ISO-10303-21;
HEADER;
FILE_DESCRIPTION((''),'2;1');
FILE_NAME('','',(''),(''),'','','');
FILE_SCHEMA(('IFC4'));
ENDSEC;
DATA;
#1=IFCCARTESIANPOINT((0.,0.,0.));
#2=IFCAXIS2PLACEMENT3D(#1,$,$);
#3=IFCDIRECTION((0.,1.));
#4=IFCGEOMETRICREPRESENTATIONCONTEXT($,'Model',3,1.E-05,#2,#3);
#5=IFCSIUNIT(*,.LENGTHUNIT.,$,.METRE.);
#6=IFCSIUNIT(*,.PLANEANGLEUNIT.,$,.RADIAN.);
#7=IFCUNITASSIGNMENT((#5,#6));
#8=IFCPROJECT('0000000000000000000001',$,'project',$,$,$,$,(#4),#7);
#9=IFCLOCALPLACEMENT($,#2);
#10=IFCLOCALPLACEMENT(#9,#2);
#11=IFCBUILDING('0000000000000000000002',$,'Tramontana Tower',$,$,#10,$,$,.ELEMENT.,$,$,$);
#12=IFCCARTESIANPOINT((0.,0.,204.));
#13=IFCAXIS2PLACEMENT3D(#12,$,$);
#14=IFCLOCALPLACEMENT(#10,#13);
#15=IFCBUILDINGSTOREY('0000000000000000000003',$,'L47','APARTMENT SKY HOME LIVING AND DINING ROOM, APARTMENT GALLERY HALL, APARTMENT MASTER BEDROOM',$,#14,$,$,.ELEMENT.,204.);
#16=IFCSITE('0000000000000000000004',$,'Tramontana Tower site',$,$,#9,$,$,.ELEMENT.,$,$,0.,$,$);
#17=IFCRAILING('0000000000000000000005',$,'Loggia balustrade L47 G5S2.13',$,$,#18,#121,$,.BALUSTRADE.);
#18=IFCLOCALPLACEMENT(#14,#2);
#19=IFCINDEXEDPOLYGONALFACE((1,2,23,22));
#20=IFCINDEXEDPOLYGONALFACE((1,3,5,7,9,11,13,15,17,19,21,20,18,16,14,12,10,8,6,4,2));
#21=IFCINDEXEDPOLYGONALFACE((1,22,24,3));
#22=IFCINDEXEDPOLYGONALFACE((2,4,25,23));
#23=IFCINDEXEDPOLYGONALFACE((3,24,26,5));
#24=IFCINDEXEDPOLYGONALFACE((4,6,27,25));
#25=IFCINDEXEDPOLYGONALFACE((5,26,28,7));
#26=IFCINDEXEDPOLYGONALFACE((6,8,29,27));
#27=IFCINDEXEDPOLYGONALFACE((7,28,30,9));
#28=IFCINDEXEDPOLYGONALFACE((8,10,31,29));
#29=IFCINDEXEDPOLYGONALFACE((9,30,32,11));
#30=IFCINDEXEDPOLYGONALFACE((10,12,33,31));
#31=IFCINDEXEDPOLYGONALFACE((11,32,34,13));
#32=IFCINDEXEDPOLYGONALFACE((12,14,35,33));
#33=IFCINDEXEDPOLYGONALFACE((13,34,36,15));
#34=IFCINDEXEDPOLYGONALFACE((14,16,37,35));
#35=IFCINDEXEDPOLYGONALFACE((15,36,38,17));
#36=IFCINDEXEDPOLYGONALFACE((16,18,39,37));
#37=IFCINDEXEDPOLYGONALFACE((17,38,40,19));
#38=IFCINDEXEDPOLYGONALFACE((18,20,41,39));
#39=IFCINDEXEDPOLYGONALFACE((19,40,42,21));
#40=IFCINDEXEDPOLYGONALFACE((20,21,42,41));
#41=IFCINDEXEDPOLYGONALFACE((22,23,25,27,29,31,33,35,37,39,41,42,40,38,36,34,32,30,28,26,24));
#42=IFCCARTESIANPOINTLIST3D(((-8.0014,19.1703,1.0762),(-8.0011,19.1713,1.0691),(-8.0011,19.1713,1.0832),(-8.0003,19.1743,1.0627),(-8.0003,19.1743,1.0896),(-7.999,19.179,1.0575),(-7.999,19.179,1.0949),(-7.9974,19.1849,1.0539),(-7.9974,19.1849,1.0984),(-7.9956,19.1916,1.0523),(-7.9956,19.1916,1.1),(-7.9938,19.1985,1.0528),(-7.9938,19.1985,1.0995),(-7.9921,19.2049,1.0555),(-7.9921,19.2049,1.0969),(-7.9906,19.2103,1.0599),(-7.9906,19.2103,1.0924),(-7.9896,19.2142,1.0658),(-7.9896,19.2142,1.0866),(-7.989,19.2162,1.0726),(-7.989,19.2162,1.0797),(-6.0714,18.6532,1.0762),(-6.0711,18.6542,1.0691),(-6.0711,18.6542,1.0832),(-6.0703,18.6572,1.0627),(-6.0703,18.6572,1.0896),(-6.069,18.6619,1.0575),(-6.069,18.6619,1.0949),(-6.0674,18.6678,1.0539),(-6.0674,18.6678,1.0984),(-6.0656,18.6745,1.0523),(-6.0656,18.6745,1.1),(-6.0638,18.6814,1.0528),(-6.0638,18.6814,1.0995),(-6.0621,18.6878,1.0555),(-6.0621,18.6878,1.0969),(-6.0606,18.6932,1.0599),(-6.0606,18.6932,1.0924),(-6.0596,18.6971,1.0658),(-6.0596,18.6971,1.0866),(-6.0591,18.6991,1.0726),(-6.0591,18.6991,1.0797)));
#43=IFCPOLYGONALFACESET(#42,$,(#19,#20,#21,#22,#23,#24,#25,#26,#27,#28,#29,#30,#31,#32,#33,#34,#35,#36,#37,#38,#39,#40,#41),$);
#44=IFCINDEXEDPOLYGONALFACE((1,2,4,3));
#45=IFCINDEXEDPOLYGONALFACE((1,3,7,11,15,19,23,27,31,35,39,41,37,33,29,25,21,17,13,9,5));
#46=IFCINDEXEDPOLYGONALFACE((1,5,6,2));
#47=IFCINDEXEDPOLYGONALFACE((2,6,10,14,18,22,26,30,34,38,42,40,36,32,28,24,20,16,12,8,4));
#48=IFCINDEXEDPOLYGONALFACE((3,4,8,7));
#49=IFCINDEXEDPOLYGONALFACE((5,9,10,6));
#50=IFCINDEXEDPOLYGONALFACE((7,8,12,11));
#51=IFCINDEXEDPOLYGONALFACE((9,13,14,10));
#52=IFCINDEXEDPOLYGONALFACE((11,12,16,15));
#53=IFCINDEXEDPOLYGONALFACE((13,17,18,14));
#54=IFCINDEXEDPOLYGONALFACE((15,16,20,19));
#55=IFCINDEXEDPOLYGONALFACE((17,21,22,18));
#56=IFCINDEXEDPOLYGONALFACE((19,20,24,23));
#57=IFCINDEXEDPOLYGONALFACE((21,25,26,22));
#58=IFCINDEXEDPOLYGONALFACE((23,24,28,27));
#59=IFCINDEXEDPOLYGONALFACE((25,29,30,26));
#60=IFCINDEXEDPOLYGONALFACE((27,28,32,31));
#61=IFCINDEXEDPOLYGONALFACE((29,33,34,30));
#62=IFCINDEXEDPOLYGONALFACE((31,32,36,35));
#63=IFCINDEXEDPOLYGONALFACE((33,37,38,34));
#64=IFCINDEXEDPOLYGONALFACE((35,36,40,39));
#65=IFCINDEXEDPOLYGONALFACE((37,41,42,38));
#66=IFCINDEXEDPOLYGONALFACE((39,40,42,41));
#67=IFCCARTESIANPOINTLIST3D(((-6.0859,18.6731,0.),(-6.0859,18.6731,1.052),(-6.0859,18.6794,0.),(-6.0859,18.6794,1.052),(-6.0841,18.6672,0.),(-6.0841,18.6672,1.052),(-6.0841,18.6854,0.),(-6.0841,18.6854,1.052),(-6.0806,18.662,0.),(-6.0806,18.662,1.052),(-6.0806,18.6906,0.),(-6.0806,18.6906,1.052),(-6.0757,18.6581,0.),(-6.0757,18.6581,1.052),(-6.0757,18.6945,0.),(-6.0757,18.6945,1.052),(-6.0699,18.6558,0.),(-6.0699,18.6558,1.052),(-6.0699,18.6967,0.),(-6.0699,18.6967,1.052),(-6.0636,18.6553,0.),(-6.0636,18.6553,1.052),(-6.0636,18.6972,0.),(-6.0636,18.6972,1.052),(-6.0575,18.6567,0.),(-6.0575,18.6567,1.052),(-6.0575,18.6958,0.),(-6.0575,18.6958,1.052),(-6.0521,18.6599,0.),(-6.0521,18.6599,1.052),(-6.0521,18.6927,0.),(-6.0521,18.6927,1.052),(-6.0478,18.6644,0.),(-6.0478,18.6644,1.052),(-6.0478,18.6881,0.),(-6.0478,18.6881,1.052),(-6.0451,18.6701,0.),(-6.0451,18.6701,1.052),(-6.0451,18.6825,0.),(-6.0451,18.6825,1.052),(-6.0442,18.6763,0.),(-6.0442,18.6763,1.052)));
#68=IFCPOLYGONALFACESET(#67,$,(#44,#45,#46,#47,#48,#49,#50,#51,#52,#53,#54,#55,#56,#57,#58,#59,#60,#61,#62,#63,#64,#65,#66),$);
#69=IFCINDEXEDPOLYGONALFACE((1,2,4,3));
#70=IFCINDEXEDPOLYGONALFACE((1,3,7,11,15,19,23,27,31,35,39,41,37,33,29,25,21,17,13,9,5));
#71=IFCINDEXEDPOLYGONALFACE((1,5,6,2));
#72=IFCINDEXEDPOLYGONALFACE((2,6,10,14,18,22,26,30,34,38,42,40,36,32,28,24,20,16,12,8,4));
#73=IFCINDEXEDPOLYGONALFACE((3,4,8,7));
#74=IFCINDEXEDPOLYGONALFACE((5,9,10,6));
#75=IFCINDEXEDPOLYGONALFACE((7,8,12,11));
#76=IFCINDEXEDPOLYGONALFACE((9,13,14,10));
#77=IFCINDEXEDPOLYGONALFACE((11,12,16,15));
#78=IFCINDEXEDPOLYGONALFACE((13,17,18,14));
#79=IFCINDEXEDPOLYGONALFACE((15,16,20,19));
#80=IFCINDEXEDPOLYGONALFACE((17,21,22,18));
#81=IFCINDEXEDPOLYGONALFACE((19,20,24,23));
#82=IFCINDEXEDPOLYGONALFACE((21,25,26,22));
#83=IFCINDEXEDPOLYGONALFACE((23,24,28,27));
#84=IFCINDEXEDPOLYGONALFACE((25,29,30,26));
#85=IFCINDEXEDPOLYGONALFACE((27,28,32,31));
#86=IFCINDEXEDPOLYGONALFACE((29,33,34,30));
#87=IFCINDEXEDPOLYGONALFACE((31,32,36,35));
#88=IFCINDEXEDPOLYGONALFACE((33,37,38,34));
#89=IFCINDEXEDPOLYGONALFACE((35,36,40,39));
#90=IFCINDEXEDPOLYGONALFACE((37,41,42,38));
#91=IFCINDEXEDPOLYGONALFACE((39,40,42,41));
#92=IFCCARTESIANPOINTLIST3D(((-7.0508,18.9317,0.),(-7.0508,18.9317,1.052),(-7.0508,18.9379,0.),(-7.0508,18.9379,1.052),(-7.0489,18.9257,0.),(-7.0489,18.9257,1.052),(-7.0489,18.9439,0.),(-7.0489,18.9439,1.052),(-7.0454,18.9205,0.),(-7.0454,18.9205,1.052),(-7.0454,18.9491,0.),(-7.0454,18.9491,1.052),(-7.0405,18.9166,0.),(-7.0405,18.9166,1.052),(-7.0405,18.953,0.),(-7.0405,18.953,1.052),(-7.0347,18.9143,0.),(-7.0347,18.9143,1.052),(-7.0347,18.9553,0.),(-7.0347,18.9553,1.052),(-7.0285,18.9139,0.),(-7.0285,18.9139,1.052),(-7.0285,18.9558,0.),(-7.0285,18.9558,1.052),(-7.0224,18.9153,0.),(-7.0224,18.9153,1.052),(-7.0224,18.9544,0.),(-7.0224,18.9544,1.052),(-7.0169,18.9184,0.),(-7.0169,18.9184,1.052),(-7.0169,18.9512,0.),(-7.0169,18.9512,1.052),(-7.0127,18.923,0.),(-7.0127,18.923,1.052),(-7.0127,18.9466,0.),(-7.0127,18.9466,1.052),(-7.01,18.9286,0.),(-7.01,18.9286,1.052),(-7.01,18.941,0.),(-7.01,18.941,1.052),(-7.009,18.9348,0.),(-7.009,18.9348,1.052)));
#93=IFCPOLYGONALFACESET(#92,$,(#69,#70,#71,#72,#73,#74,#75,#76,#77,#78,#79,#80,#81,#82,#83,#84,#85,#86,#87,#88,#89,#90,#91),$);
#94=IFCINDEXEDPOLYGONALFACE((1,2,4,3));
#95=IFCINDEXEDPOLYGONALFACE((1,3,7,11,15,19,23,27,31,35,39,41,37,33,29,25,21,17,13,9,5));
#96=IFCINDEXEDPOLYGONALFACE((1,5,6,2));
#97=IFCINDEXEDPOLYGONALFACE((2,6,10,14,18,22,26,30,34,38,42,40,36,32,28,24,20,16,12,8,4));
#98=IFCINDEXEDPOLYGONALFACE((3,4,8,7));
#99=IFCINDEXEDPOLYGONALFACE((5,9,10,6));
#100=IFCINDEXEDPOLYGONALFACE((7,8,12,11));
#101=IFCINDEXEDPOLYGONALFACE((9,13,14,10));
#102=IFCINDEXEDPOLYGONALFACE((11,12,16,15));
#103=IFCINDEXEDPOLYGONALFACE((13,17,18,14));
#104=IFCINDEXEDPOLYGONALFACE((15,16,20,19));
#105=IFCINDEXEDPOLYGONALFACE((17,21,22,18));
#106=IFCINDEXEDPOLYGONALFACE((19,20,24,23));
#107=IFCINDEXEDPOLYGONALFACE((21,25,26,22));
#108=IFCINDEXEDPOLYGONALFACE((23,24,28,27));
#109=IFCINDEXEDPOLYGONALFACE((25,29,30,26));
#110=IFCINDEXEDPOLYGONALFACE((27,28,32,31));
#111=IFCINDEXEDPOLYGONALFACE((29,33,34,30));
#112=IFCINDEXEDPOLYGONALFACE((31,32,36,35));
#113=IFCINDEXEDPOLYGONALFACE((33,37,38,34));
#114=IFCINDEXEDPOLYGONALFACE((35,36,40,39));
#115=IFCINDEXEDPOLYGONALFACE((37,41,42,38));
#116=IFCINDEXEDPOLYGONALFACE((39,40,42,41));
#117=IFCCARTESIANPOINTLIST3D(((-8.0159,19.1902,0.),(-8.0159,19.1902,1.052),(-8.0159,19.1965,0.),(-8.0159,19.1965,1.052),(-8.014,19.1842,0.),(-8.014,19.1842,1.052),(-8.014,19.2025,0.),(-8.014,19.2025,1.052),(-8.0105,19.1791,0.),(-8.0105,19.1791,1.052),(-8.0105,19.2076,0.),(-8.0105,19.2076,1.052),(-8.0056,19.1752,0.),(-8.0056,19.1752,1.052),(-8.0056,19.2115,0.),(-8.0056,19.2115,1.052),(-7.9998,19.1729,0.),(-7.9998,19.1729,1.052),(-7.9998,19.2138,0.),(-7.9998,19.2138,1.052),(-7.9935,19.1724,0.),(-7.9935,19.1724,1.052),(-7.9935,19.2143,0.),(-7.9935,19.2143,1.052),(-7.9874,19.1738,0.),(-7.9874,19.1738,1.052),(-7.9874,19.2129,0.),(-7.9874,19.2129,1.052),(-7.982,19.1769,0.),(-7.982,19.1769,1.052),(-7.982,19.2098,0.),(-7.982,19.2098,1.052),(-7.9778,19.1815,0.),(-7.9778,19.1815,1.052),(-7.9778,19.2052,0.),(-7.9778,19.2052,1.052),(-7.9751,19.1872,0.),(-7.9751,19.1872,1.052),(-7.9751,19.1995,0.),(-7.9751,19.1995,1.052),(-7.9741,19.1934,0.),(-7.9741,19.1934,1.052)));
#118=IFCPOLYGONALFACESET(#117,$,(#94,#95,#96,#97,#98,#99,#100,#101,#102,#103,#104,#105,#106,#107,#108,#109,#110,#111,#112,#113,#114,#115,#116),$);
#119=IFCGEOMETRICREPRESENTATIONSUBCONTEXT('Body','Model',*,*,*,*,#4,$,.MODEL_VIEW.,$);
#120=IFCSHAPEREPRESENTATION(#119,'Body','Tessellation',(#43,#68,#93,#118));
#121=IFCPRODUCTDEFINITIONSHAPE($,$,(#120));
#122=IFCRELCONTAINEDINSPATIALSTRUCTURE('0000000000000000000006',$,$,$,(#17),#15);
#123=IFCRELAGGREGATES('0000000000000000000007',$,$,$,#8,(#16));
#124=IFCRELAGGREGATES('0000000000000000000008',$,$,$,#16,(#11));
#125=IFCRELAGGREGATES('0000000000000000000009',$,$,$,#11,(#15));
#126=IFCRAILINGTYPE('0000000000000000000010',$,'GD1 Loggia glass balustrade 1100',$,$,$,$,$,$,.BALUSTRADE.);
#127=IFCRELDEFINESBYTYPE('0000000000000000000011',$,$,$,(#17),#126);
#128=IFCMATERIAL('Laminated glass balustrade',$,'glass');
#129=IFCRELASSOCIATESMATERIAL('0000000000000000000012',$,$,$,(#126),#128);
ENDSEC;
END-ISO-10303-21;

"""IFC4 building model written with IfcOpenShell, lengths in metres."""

from ifc_helpers import new_model, si_unit, direction, frame, origin, origin_2d, place, context, subcontext, project, spatial, circle, extrude, material, type_object, element, save


model = new_model("IFC4")

# Units and contexts
model_context = context("Model", 3, precision=1e-05, world=origin(), true_north=direction((0.0, 1.0)))
body_context = subcontext(model_context, "Body", "Model", "MODEL_VIEW")
ifc_project = project(units=[si_unit("LENGTHUNIT", "METRE"), si_unit("PLANEANGLEUNIT", "RADIAN")], contexts=[model_context])

# Site, building, storey
site_placement = place(None, origin())
site = spatial("IfcSite", under=ifc_project, at=site_placement, Name="Tramontana Tower site", CompositionType="ELEMENT", RefElevation=0.0)
building_placement = place(site_placement, origin())
building = spatial("IfcBuilding", under=site, at=building_placement, Name="Tramontana Tower", CompositionType="ELEMENT")
storey_placement = place(building_placement, frame((0.0, 0.0, 204.0)))
storey = spatial("IfcBuildingStorey", under=building, at=storey_placement, Name="L47", Description="APARTMENT SKY HOME LIVING AND DINING ROOM, APARTMENT GALLERY HALL, APARTMENT MASTER BEDROOM", CompositionType="ELEMENT", Elevation=204.0)

# Railing
ifc_material_1 = material(Name="Laminated glass balustrade", Category="glass")
railing_type = type_object("IfcRailingType", Name="GD1 Loggia glass balustrade 1100", PredefinedType="BALUSTRADE", material=ifc_material_1)
railing_placement = place(storey_placement, frame((-6.0652, 18.6763, 0.0)))
element("IfcRailing", 1, at=railing_placement, inside=storey, type_object=railing_type, Name="Loggia balustrade L47 G5S2.13", PredefinedType="BALUSTRADE", context=body_context, shape_type="SweptSolid", body=[
    extrude(circle(Radius=0.0239, at=origin_2d()), frame((0.0, 0.0, 1.0762), z_axis=(-0.96593, 0.258803, 0.0), x_axis=(-0.258803, -0.96593, 0.0)), (0.0, 0.0, 1.0), 1.998),
    extrude(circle(Radius=0.021, at=origin_2d()), origin(), (0.0, 0.0, 1.0), 1.052),
    extrude(circle(Radius=0.021, at=origin_2d()), frame((-0.9648, 0.2585, 0.0)), (0.0, 0.0, 1.0), 1.052),
    extrude(circle(Radius=0.021, at=origin_2d()), frame((-1.9299, 0.5171, 0.0)), (0.0, 0.0, 1.0), 1.052),
])

save(model, "model.ifc")
